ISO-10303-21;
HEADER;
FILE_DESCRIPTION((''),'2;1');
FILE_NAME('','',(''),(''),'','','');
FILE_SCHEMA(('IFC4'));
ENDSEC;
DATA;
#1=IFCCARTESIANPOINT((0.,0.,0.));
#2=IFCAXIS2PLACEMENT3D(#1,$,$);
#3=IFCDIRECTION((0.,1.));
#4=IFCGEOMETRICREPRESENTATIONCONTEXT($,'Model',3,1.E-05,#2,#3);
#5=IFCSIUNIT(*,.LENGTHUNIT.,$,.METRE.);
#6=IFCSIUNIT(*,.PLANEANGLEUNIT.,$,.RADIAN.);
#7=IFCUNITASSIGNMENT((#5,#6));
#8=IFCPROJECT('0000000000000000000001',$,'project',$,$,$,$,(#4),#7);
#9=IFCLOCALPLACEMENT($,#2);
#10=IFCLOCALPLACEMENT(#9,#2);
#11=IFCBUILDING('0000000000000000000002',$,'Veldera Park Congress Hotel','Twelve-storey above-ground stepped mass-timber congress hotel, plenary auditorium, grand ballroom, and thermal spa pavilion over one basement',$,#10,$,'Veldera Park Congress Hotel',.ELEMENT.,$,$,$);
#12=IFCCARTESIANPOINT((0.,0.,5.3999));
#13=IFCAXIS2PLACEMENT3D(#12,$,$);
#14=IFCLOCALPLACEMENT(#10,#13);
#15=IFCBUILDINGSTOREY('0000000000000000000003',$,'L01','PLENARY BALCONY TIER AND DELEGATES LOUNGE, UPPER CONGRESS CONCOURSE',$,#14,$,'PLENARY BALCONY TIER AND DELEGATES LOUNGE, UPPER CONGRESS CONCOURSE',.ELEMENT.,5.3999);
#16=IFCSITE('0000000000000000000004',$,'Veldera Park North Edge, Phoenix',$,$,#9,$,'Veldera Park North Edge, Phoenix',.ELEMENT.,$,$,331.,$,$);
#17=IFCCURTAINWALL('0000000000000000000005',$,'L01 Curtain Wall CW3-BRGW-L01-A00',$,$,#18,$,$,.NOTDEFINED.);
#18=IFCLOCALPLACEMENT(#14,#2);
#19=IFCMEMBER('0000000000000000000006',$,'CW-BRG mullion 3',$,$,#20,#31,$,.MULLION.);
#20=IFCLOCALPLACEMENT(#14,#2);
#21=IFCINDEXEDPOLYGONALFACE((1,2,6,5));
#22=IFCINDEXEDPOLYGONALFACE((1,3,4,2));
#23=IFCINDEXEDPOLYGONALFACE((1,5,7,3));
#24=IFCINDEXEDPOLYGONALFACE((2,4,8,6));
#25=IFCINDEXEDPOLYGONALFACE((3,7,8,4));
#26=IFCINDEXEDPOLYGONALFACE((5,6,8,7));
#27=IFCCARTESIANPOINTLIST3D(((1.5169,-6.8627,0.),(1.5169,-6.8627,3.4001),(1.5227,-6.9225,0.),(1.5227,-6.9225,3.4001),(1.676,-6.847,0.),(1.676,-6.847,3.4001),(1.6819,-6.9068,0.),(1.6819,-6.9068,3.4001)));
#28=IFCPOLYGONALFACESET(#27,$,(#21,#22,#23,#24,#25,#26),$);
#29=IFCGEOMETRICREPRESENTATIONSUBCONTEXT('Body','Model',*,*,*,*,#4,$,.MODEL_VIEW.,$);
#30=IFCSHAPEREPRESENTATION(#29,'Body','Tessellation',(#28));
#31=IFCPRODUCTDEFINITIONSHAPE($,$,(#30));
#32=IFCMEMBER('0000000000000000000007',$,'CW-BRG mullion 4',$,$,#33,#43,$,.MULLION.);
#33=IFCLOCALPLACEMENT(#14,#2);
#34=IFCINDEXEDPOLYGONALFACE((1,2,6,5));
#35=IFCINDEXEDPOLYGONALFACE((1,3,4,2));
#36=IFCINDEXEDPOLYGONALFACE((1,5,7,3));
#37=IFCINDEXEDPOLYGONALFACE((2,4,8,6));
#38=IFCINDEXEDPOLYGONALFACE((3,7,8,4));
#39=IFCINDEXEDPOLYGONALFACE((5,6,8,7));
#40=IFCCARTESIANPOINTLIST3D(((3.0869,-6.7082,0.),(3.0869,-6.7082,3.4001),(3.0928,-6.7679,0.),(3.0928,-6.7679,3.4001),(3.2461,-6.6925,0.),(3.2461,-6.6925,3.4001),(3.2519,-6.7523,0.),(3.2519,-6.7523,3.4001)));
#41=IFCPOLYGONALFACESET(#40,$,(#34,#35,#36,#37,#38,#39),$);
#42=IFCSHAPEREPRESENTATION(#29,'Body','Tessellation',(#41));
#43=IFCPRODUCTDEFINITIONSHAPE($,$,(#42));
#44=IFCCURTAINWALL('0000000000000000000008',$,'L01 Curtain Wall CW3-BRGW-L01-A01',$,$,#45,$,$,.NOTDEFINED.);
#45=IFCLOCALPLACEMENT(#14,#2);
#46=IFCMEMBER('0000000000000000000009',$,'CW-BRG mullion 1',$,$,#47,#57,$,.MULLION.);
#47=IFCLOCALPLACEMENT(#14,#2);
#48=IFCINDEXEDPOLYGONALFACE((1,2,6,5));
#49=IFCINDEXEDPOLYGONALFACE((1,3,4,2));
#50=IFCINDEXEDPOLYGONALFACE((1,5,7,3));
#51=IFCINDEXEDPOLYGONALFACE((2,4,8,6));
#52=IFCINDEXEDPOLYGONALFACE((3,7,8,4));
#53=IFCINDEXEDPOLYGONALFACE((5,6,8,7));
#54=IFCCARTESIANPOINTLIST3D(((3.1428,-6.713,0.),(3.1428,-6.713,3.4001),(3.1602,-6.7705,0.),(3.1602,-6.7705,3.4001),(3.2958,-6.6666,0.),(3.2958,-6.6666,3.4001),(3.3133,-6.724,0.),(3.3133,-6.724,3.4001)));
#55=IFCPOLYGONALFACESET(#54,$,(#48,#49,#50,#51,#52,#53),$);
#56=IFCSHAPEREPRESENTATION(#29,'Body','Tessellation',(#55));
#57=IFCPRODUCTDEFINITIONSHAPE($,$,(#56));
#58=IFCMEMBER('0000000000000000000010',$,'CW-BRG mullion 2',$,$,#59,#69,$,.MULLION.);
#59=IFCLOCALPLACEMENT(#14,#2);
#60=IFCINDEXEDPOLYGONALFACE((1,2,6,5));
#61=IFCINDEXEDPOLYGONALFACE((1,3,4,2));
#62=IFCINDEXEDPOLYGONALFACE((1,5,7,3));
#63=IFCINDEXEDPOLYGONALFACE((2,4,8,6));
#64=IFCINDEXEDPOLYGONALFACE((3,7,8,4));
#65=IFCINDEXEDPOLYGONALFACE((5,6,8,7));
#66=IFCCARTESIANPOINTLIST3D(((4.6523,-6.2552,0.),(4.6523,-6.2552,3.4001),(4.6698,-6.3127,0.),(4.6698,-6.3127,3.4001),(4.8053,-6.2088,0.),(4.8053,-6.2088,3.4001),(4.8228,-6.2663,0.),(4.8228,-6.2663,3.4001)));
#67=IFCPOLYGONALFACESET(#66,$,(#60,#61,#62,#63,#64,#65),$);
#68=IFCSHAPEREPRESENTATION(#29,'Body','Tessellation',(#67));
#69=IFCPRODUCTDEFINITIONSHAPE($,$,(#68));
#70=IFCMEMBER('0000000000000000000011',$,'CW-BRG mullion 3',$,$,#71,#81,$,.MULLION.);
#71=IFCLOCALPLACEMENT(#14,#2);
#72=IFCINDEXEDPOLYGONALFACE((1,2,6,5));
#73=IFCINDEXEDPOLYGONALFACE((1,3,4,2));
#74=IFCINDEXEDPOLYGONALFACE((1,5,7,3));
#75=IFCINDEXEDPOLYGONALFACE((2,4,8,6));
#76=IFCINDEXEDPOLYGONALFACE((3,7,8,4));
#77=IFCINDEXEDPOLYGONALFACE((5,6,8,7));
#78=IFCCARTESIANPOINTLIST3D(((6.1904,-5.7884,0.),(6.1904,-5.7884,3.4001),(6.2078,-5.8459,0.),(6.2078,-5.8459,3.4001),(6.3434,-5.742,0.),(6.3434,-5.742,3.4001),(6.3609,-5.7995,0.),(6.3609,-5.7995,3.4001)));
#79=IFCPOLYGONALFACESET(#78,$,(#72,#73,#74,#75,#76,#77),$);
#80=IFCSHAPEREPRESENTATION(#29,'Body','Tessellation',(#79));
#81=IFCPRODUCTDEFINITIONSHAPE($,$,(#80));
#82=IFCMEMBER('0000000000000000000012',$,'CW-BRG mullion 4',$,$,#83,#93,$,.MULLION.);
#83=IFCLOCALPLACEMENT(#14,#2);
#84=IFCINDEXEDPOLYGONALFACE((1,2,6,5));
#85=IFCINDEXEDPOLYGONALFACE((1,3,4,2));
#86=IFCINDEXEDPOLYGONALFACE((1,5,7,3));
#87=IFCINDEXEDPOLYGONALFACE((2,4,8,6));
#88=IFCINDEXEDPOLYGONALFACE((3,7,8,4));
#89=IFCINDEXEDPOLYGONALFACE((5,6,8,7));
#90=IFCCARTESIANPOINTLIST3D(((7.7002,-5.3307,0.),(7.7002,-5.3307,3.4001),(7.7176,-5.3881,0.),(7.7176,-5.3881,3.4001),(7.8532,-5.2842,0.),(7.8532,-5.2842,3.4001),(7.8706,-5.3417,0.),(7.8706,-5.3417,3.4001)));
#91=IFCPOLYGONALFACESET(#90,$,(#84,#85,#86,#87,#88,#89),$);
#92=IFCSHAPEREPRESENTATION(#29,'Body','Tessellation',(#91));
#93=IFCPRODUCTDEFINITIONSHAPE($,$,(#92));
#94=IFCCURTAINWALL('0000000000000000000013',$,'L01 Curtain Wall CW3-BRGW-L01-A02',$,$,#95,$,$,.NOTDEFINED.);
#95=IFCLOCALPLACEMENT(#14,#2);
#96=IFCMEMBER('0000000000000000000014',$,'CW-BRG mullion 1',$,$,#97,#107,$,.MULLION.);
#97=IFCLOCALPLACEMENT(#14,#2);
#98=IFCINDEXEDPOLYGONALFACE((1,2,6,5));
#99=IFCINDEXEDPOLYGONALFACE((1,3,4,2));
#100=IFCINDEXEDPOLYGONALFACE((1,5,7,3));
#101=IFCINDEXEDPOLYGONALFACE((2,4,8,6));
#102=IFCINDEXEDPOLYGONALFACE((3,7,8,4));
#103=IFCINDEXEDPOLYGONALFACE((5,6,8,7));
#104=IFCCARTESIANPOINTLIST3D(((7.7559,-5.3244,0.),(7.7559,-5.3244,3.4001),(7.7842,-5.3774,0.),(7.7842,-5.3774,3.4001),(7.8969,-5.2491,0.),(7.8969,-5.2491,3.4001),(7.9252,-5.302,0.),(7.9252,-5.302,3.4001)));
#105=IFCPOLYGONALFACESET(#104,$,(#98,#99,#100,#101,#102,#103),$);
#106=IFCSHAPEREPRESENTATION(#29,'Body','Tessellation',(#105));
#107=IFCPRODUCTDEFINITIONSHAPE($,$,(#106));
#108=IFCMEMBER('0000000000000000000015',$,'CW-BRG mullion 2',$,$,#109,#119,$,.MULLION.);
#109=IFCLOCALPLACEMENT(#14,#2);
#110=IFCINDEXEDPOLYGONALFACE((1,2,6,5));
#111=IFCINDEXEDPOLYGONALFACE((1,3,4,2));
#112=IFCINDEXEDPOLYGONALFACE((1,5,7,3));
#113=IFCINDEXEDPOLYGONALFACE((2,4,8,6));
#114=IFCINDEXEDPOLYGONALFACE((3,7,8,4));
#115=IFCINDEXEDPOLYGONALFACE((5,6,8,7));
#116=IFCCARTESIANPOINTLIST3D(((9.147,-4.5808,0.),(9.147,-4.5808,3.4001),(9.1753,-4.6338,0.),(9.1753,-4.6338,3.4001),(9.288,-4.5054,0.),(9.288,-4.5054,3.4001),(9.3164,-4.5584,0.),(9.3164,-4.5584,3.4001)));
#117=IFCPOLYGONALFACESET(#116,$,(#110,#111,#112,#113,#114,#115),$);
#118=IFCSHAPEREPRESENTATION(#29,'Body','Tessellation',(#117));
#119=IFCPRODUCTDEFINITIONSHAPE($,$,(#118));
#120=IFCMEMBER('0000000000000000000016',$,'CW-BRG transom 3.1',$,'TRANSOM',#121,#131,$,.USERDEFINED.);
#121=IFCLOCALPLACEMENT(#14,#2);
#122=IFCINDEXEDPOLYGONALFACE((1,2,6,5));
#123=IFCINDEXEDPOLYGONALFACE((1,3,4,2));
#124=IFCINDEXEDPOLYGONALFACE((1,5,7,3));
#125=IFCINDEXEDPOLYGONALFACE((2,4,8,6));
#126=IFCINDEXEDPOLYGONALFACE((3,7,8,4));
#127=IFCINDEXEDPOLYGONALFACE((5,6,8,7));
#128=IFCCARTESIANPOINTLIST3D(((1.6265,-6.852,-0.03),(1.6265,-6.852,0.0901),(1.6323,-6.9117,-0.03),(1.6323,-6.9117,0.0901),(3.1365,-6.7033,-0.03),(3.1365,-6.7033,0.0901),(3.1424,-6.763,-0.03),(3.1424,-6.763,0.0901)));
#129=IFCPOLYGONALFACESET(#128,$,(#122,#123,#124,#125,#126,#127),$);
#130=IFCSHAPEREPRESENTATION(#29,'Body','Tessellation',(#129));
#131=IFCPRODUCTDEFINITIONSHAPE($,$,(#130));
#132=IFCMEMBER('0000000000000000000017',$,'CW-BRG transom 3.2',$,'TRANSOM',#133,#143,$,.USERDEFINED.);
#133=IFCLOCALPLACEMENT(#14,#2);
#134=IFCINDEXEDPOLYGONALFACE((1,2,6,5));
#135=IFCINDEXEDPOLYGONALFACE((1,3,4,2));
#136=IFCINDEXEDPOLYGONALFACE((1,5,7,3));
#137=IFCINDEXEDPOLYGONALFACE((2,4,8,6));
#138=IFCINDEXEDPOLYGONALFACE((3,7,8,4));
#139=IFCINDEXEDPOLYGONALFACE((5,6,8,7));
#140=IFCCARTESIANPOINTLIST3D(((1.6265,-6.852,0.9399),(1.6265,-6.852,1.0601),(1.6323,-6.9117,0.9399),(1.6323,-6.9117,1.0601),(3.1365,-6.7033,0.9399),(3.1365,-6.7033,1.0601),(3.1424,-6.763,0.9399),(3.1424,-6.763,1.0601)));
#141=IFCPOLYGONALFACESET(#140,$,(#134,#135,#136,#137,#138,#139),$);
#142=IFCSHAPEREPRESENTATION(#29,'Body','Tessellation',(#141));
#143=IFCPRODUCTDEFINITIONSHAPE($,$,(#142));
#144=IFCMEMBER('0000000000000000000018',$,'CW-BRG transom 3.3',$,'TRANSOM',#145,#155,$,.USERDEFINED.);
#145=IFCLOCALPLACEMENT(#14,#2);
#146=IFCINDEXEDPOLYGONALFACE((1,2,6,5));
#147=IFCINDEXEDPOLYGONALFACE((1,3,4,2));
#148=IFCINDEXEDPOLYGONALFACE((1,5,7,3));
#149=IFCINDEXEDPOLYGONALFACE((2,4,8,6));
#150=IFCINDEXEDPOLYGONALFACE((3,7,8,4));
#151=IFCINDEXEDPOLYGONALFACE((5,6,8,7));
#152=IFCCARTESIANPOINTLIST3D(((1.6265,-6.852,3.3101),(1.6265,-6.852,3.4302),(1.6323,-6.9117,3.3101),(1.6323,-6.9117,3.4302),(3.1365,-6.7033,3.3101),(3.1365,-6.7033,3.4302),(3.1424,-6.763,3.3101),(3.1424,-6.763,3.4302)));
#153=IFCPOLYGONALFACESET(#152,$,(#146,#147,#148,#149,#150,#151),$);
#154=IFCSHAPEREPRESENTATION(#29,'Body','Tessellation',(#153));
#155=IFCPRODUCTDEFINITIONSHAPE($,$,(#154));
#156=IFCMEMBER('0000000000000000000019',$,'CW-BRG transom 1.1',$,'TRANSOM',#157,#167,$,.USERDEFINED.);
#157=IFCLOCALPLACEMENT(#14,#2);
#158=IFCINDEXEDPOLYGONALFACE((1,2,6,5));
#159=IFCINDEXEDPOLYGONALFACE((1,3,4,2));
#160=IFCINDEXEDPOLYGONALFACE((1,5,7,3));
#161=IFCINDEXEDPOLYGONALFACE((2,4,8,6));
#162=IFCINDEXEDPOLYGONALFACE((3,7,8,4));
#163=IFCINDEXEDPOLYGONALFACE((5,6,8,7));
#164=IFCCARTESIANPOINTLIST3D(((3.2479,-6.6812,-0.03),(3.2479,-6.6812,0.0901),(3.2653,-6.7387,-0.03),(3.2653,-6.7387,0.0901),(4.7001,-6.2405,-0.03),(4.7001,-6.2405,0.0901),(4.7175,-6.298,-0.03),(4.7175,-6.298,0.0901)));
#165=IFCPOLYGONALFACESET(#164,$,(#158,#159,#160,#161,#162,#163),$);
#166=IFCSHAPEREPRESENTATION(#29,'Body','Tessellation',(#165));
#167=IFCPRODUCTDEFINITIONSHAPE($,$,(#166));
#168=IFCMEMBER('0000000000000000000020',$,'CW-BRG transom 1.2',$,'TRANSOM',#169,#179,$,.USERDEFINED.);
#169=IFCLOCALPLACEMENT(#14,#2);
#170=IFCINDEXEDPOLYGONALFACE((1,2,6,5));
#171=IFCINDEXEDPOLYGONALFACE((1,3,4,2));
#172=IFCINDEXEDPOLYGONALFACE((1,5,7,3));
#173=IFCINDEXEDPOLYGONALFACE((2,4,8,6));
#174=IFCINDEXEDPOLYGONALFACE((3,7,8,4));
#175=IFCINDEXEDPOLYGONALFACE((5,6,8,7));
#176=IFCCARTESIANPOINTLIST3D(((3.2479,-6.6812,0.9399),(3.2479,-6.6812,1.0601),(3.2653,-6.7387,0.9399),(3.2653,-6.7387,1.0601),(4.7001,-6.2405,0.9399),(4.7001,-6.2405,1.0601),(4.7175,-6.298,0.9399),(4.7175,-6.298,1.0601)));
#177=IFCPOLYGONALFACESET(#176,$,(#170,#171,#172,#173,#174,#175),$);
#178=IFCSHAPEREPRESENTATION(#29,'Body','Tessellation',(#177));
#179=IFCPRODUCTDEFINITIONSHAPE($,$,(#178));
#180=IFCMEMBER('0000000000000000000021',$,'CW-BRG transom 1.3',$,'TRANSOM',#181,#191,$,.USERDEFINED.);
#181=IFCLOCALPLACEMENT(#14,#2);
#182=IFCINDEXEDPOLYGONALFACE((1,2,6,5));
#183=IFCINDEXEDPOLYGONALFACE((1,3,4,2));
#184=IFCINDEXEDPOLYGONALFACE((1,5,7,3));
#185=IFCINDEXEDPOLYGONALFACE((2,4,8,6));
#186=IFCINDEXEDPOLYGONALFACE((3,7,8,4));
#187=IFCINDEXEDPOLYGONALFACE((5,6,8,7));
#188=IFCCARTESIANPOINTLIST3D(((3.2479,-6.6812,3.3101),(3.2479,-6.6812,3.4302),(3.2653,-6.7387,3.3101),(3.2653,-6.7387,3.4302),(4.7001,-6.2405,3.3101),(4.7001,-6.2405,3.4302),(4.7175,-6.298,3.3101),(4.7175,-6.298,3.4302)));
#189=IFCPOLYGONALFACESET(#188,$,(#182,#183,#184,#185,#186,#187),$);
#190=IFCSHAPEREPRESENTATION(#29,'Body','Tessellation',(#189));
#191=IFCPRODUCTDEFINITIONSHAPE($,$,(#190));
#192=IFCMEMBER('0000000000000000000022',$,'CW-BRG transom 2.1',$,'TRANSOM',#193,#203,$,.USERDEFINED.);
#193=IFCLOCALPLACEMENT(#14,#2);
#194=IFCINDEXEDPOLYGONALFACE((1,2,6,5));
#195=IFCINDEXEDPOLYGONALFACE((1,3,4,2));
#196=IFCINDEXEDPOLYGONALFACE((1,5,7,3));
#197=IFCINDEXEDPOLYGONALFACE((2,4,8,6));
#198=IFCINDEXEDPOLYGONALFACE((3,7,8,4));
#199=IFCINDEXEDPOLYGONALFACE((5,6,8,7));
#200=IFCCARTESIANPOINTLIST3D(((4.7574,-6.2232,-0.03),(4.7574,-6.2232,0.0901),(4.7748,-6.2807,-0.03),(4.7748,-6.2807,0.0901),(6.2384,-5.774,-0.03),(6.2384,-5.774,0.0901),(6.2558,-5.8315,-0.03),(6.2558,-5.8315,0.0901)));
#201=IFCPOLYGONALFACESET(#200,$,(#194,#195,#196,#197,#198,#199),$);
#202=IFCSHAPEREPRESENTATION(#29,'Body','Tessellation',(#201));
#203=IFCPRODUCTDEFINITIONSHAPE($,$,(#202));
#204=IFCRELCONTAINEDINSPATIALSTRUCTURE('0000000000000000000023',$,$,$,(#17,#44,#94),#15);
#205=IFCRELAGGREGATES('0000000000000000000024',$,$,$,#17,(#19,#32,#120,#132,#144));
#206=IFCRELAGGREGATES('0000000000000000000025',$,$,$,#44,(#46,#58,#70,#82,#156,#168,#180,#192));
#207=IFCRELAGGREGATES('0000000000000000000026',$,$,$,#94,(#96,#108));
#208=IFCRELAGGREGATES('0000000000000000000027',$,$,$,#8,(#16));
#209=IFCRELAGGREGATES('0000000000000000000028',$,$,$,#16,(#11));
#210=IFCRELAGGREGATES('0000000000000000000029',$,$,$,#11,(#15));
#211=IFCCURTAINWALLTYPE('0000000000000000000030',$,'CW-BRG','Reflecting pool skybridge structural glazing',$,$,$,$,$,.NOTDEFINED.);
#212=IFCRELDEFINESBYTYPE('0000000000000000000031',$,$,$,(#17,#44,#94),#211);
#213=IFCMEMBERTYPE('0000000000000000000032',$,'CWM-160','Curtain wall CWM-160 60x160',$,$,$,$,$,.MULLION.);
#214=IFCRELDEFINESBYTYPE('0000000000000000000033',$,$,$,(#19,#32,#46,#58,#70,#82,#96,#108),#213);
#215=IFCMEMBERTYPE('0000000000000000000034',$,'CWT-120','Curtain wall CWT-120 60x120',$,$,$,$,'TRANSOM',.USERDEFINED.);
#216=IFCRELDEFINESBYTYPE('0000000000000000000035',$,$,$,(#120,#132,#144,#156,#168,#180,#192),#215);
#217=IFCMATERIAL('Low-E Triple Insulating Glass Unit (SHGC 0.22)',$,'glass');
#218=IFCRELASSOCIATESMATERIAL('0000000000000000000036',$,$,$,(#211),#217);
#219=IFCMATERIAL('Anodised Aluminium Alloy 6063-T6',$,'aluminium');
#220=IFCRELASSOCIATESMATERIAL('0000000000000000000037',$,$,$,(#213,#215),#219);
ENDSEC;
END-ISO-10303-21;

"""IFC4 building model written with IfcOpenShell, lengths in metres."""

from ifc_helpers import new_model, si_unit, direction, frame, origin, origin_2d, place, context, subcontext, project, spatial, rectangle, extrude, material, material_profile, profile_set, type_object, element, aggregate, save


model = new_model("IFC4")

# Units and contexts
model_context = context("Model", 3, precision=1e-05, world=origin(), true_north=direction((0.0, 1.0)))
body_context = subcontext(model_context, "Body", "Model", "MODEL_VIEW")
ifc_project = project(units=[si_unit("LENGTHUNIT", "METRE"), si_unit("PLANEANGLEUNIT", "RADIAN")], contexts=[model_context])

# Site, building, storey
site_placement = place(None, origin())
site = spatial("IfcSite", under=ifc_project, at=site_placement, Name="Veldera Park North Edge, Phoenix", LongName="Veldera Park North Edge, Phoenix", CompositionType="ELEMENT", RefElevation=331.0)
building_placement = place(site_placement, origin())
building = spatial("IfcBuilding", under=site, at=building_placement, Name="Veldera Park Congress Hotel", Description="Twelve-storey above-ground stepped mass-timber congress hotel, plenary auditorium, grand ballroom, and thermal spa pavilion over one basement", LongName="Veldera Park Congress Hotel", CompositionType="ELEMENT")
storey_placement = place(building_placement, frame((0.0, 0.0, 5.3999)))
storey = spatial("IfcBuildingStorey", under=building, at=storey_placement, Name="L01", Description="PLENARY BALCONY TIER AND DELEGATES LOUNGE, UPPER CONGRESS CONCOURSE", LongName="PLENARY BALCONY TIER AND DELEGATES LOUNGE, UPPER CONGRESS CONCOURSE", CompositionType="ELEMENT", Elevation=5.3999)

# Curtain walls, members
ifc_material_1 = material(Name="Low-E Triple Insulating Glass Unit (SHGC 0.22)", Category="glass")
curtain_wall_type = type_object("IfcCurtainWallType", Name="CW-BRG", Description="Reflecting pool skybridge structural glazing", PredefinedType="NOTDEFINED", material=ifc_material_1)
curtain_wall_1_placement = place(storey_placement, origin())
curtain_wall_1 = element("IfcCurtainWall", 1, at=curtain_wall_1_placement, inside=storey, type_object=curtain_wall_type, Name="L01 Curtain Wall CW3-BRGW-L01-A00", PredefinedType="NOTDEFINED")
ifc_material_2 = material(Name="Anodised Aluminium Alloy 6063-T6", Category="aluminium")
ifc_material_profile_1 = material_profile(ifc_material_2, rectangle(XDim=0.0601, YDim=0.1599, at=origin_2d()), Name="ALU 60x160")
ifc_profile_set_1 = profile_set([ifc_material_profile_1], Name="Anodised Aluminium Alloy 6063-T6")
member_type_1 = type_object("IfcMemberType", Name="CWM-160", Description="Curtain wall CWM-160 60x160", PredefinedType="MULLION", material=ifc_profile_set_1)
member_1_placement = place(storey_placement, frame((1.5994, -6.8848, 0.0), z_axis=(0.0, 0.0, 1.0), x_axis=(-0.098021, 0.995184, 0.0)))
member_1 = element("IfcMember", 2, at=member_1_placement, type_object=member_type_1, Name="CW-BRG mullion 3", PredefinedType="MULLION", context=body_context, shape_type="SweptSolid", body=[
    extrude(rectangle(XDim=0.0601, YDim=0.1599, at=origin_2d()), origin(), (0.0, 0.0, 1.0), 3.4001),
])
member_2_placement = place(storey_placement, frame((3.1694, -6.7302, 0.0), z_axis=(0.0, 0.0, 1.0), x_axis=(-0.098021, 0.995184, 0.0)))
member_2 = element("IfcMember", 3, at=member_2_placement, type_object=member_type_1, Name="CW-BRG mullion 4", PredefinedType="MULLION", context=body_context, shape_type="SweptSolid", body=[
    extrude(rectangle(XDim=0.0601, YDim=0.1599, at=origin_2d()), origin(), (0.0, 0.0, 1.0), 3.4001),
])
curtain_wall_2_placement = place(storey_placement, origin())
curtain_wall_2 = element("IfcCurtainWall", 4, at=curtain_wall_2_placement, inside=storey, type_object=curtain_wall_type, Name="L01 Curtain Wall CW3-BRGW-L01-A01", PredefinedType="NOTDEFINED")
member_3_placement = place(storey_placement, frame((3.228, -6.7185, 0.0), z_axis=(0.0, 0.0, 1.0), x_axis=(-0.290288, 0.956939, 0.0)))
member_3 = element("IfcMember", 5, at=member_3_placement, type_object=member_type_1, Name="CW-BRG mullion 1", PredefinedType="MULLION", context=body_context, shape_type="SweptSolid", body=[
    extrude(rectangle(XDim=0.0601, YDim=0.1599, at=origin_2d()), origin(), (0.0, 0.0, 1.0), 3.4001),
])
member_4_placement = place(storey_placement, frame((4.7375, -6.2607, 0.0), z_axis=(0.0, 0.0, 1.0), x_axis=(-0.290288, 0.956939, 0.0)))
member_4 = element("IfcMember", 6, at=member_4_placement, type_object=member_type_1, Name="CW-BRG mullion 2", PredefinedType="MULLION", context=body_context, shape_type="SweptSolid", body=[
    extrude(rectangle(XDim=0.0601, YDim=0.1599, at=origin_2d()), origin(), (0.0, 0.0, 1.0), 3.4001),
])
member_5_placement = place(storey_placement, frame((6.2756, -5.7939, 0.0), z_axis=(0.0, 0.0, 1.0), x_axis=(-0.290288, 0.956939, 0.0)))
member_5 = element("IfcMember", 7, at=member_5_placement, type_object=member_type_1, Name="CW-BRG mullion 3", PredefinedType="MULLION", context=body_context, shape_type="SweptSolid", body=[
    extrude(rectangle(XDim=0.0601, YDim=0.1599, at=origin_2d()), origin(), (0.0, 0.0, 1.0), 3.4001),
])
member_6_placement = place(storey_placement, frame((7.7854, -5.3362, 0.0), z_axis=(0.0, 0.0, 1.0), x_axis=(-0.290288, 0.956939, 0.0)))
member_6 = element("IfcMember", 8, at=member_6_placement, type_object=member_type_1, Name="CW-BRG mullion 4", PredefinedType="MULLION", context=body_context, shape_type="SweptSolid", body=[
    extrude(rectangle(XDim=0.0601, YDim=0.1599, at=origin_2d()), origin(), (0.0, 0.0, 1.0), 3.4001),
])
curtain_wall_3_placement = place(storey_placement, origin())
curtain_wall_3 = element("IfcCurtainWall", 9, at=curtain_wall_3_placement, inside=storey, type_object=curtain_wall_type, Name="L01 Curtain Wall CW3-BRGW-L01-A02", PredefinedType="NOTDEFINED")
member_7_placement = place(storey_placement, frame((7.8406, -5.3132, 0.0), z_axis=(0.0, 0.0, 1.0), x_axis=(-0.471385, 0.881928, 0.0)))
member_7 = element("IfcMember", 10, at=member_7_placement, type_object=member_type_1, Name="CW-BRG mullion 1", PredefinedType="MULLION", context=body_context, shape_type="SweptSolid", body=[
    extrude(rectangle(XDim=0.0601, YDim=0.1599, at=origin_2d()), origin(), (0.0, 0.0, 1.0), 3.4001),
])
member_8_placement = place(storey_placement, frame((9.2317, -4.5696, 0.0), z_axis=(0.0, 0.0, 1.0), x_axis=(-0.471385, 0.881928, 0.0)))
member_8 = element("IfcMember", 11, at=member_8_placement, type_object=member_type_1, Name="CW-BRG mullion 2", PredefinedType="MULLION", context=body_context, shape_type="SweptSolid", body=[
    extrude(rectangle(XDim=0.0601, YDim=0.1599, at=origin_2d()), origin(), (0.0, 0.0, 1.0), 3.4001),
])

# Members
ifc_material_profile_2 = material_profile(ifc_material_2, rectangle(XDim=0.0601, YDim=0.1201, at=origin_2d()), Name="ALU 60x120")
ifc_profile_set_2 = profile_set([ifc_material_profile_2], Name="Anodised Aluminium Alloy 6063-T6")
member_type_2 = type_object("IfcMemberType", Name="CWT-120", Description="Curtain wall CWT-120 60x120", ElementType="TRANSOM", PredefinedType="USERDEFINED", material=ifc_profile_set_2)
member_9_placement = place(storey_placement, frame((1.6294, -6.8818, 0.03), z_axis=(0.995187, 0.09799, 0.0), x_axis=(-0.09799, 0.995187, 0.0)))
member_9 = element("IfcMember", 12, at=member_9_placement, type_object=member_type_2, Name="CW-BRG transom 3.1", ObjectType="TRANSOM", PredefinedType="USERDEFINED", context=body_context, shape_type="SweptSolid", body=[
    extrude(rectangle(XDim=0.0601, YDim=0.1201, at=origin_2d()), origin(), (0.0, 0.0, 1.0), 1.5173),
])
member_10_placement = place(storey_placement, frame((1.6294, -6.8818, 1.0), z_axis=(0.995187, 0.09799, 0.0), x_axis=(-0.09799, 0.995187, 0.0)))
member_10 = element("IfcMember", 13, at=member_10_placement, type_object=member_type_2, Name="CW-BRG transom 3.2", ObjectType="TRANSOM", PredefinedType="USERDEFINED", context=body_context, shape_type="SweptSolid", body=[
    extrude(rectangle(XDim=0.0601, YDim=0.1201, at=origin_2d()), origin(), (0.0, 0.0, 1.0), 1.5173),
])
member_11_placement = place(storey_placement, frame((1.6294, -6.8818, 3.3701), z_axis=(0.995187, 0.09799, 0.0), x_axis=(-0.09799, 0.995187, 0.0)))
member_11 = element("IfcMember", 14, at=member_11_placement, type_object=member_type_2, Name="CW-BRG transom 3.3", ObjectType="TRANSOM", PredefinedType="USERDEFINED", context=body_context, shape_type="SweptSolid", body=[
    extrude(rectangle(XDim=0.0601, YDim=0.1201, at=origin_2d()), origin(), (0.0, 0.0, 1.0), 1.5173),
])
member_12_placement = place(storey_placement, frame((3.2566, -6.71, 0.03), z_axis=(0.956909, 0.290387, 0.0), x_axis=(-0.290387, 0.956909, 0.0)))
member_12 = element("IfcMember", 15, at=member_12_placement, type_object=member_type_2, Name="CW-BRG transom 1.1", ObjectType="TRANSOM", PredefinedType="USERDEFINED", context=body_context, shape_type="SweptSolid", body=[
    extrude(rectangle(XDim=0.0601, YDim=0.1201, at=origin_2d()), origin(), (0.0, 0.0, 1.0), 1.5176),
])
member_13_placement = place(storey_placement, frame((3.2566, -6.71, 1.0), z_axis=(0.956909, 0.290387, 0.0), x_axis=(-0.290387, 0.956909, 0.0)))
member_13 = element("IfcMember", 16, at=member_13_placement, type_object=member_type_2, Name="CW-BRG transom 1.2", ObjectType="TRANSOM", PredefinedType="USERDEFINED", context=body_context, shape_type="SweptSolid", body=[
    extrude(rectangle(XDim=0.0601, YDim=0.1201, at=origin_2d()), origin(), (0.0, 0.0, 1.0), 1.5176),
])
member_14_placement = place(storey_placement, frame((3.2566, -6.71, 3.3701), z_axis=(0.956909, 0.290387, 0.0), x_axis=(-0.290387, 0.956909, 0.0)))
member_14 = element("IfcMember", 17, at=member_14_placement, type_object=member_type_2, Name="CW-BRG transom 1.3", ObjectType="TRANSOM", PredefinedType="USERDEFINED", context=body_context, shape_type="SweptSolid", body=[
    extrude(rectangle(XDim=0.0601, YDim=0.1201, at=origin_2d()), origin(), (0.0, 0.0, 1.0), 1.5176),
])
member_15_placement = place(storey_placement, frame((4.7661, -6.252, 0.03), z_axis=(0.956945, 0.29027, 0.0), x_axis=(-0.29027, 0.956945, 0.0)))
member_15 = element("IfcMember", 18, at=member_15_placement, type_object=member_type_2, Name="CW-BRG transom 2.1", ObjectType="TRANSOM", PredefinedType="USERDEFINED", context=body_context, shape_type="SweptSolid", body=[
    extrude(rectangle(XDim=0.0601, YDim=0.1201, at=origin_2d()), origin(), (0.0, 0.0, 1.0), 1.5476),
])

aggregate(curtain_wall_1, [member_1, member_2, member_9, member_10, member_11])
aggregate(curtain_wall_2, [member_3, member_4, member_5, member_6, member_12, member_13, member_14, member_15])
aggregate(curtain_wall_3, [member_7, member_8])

save(model, "model.ifc")
